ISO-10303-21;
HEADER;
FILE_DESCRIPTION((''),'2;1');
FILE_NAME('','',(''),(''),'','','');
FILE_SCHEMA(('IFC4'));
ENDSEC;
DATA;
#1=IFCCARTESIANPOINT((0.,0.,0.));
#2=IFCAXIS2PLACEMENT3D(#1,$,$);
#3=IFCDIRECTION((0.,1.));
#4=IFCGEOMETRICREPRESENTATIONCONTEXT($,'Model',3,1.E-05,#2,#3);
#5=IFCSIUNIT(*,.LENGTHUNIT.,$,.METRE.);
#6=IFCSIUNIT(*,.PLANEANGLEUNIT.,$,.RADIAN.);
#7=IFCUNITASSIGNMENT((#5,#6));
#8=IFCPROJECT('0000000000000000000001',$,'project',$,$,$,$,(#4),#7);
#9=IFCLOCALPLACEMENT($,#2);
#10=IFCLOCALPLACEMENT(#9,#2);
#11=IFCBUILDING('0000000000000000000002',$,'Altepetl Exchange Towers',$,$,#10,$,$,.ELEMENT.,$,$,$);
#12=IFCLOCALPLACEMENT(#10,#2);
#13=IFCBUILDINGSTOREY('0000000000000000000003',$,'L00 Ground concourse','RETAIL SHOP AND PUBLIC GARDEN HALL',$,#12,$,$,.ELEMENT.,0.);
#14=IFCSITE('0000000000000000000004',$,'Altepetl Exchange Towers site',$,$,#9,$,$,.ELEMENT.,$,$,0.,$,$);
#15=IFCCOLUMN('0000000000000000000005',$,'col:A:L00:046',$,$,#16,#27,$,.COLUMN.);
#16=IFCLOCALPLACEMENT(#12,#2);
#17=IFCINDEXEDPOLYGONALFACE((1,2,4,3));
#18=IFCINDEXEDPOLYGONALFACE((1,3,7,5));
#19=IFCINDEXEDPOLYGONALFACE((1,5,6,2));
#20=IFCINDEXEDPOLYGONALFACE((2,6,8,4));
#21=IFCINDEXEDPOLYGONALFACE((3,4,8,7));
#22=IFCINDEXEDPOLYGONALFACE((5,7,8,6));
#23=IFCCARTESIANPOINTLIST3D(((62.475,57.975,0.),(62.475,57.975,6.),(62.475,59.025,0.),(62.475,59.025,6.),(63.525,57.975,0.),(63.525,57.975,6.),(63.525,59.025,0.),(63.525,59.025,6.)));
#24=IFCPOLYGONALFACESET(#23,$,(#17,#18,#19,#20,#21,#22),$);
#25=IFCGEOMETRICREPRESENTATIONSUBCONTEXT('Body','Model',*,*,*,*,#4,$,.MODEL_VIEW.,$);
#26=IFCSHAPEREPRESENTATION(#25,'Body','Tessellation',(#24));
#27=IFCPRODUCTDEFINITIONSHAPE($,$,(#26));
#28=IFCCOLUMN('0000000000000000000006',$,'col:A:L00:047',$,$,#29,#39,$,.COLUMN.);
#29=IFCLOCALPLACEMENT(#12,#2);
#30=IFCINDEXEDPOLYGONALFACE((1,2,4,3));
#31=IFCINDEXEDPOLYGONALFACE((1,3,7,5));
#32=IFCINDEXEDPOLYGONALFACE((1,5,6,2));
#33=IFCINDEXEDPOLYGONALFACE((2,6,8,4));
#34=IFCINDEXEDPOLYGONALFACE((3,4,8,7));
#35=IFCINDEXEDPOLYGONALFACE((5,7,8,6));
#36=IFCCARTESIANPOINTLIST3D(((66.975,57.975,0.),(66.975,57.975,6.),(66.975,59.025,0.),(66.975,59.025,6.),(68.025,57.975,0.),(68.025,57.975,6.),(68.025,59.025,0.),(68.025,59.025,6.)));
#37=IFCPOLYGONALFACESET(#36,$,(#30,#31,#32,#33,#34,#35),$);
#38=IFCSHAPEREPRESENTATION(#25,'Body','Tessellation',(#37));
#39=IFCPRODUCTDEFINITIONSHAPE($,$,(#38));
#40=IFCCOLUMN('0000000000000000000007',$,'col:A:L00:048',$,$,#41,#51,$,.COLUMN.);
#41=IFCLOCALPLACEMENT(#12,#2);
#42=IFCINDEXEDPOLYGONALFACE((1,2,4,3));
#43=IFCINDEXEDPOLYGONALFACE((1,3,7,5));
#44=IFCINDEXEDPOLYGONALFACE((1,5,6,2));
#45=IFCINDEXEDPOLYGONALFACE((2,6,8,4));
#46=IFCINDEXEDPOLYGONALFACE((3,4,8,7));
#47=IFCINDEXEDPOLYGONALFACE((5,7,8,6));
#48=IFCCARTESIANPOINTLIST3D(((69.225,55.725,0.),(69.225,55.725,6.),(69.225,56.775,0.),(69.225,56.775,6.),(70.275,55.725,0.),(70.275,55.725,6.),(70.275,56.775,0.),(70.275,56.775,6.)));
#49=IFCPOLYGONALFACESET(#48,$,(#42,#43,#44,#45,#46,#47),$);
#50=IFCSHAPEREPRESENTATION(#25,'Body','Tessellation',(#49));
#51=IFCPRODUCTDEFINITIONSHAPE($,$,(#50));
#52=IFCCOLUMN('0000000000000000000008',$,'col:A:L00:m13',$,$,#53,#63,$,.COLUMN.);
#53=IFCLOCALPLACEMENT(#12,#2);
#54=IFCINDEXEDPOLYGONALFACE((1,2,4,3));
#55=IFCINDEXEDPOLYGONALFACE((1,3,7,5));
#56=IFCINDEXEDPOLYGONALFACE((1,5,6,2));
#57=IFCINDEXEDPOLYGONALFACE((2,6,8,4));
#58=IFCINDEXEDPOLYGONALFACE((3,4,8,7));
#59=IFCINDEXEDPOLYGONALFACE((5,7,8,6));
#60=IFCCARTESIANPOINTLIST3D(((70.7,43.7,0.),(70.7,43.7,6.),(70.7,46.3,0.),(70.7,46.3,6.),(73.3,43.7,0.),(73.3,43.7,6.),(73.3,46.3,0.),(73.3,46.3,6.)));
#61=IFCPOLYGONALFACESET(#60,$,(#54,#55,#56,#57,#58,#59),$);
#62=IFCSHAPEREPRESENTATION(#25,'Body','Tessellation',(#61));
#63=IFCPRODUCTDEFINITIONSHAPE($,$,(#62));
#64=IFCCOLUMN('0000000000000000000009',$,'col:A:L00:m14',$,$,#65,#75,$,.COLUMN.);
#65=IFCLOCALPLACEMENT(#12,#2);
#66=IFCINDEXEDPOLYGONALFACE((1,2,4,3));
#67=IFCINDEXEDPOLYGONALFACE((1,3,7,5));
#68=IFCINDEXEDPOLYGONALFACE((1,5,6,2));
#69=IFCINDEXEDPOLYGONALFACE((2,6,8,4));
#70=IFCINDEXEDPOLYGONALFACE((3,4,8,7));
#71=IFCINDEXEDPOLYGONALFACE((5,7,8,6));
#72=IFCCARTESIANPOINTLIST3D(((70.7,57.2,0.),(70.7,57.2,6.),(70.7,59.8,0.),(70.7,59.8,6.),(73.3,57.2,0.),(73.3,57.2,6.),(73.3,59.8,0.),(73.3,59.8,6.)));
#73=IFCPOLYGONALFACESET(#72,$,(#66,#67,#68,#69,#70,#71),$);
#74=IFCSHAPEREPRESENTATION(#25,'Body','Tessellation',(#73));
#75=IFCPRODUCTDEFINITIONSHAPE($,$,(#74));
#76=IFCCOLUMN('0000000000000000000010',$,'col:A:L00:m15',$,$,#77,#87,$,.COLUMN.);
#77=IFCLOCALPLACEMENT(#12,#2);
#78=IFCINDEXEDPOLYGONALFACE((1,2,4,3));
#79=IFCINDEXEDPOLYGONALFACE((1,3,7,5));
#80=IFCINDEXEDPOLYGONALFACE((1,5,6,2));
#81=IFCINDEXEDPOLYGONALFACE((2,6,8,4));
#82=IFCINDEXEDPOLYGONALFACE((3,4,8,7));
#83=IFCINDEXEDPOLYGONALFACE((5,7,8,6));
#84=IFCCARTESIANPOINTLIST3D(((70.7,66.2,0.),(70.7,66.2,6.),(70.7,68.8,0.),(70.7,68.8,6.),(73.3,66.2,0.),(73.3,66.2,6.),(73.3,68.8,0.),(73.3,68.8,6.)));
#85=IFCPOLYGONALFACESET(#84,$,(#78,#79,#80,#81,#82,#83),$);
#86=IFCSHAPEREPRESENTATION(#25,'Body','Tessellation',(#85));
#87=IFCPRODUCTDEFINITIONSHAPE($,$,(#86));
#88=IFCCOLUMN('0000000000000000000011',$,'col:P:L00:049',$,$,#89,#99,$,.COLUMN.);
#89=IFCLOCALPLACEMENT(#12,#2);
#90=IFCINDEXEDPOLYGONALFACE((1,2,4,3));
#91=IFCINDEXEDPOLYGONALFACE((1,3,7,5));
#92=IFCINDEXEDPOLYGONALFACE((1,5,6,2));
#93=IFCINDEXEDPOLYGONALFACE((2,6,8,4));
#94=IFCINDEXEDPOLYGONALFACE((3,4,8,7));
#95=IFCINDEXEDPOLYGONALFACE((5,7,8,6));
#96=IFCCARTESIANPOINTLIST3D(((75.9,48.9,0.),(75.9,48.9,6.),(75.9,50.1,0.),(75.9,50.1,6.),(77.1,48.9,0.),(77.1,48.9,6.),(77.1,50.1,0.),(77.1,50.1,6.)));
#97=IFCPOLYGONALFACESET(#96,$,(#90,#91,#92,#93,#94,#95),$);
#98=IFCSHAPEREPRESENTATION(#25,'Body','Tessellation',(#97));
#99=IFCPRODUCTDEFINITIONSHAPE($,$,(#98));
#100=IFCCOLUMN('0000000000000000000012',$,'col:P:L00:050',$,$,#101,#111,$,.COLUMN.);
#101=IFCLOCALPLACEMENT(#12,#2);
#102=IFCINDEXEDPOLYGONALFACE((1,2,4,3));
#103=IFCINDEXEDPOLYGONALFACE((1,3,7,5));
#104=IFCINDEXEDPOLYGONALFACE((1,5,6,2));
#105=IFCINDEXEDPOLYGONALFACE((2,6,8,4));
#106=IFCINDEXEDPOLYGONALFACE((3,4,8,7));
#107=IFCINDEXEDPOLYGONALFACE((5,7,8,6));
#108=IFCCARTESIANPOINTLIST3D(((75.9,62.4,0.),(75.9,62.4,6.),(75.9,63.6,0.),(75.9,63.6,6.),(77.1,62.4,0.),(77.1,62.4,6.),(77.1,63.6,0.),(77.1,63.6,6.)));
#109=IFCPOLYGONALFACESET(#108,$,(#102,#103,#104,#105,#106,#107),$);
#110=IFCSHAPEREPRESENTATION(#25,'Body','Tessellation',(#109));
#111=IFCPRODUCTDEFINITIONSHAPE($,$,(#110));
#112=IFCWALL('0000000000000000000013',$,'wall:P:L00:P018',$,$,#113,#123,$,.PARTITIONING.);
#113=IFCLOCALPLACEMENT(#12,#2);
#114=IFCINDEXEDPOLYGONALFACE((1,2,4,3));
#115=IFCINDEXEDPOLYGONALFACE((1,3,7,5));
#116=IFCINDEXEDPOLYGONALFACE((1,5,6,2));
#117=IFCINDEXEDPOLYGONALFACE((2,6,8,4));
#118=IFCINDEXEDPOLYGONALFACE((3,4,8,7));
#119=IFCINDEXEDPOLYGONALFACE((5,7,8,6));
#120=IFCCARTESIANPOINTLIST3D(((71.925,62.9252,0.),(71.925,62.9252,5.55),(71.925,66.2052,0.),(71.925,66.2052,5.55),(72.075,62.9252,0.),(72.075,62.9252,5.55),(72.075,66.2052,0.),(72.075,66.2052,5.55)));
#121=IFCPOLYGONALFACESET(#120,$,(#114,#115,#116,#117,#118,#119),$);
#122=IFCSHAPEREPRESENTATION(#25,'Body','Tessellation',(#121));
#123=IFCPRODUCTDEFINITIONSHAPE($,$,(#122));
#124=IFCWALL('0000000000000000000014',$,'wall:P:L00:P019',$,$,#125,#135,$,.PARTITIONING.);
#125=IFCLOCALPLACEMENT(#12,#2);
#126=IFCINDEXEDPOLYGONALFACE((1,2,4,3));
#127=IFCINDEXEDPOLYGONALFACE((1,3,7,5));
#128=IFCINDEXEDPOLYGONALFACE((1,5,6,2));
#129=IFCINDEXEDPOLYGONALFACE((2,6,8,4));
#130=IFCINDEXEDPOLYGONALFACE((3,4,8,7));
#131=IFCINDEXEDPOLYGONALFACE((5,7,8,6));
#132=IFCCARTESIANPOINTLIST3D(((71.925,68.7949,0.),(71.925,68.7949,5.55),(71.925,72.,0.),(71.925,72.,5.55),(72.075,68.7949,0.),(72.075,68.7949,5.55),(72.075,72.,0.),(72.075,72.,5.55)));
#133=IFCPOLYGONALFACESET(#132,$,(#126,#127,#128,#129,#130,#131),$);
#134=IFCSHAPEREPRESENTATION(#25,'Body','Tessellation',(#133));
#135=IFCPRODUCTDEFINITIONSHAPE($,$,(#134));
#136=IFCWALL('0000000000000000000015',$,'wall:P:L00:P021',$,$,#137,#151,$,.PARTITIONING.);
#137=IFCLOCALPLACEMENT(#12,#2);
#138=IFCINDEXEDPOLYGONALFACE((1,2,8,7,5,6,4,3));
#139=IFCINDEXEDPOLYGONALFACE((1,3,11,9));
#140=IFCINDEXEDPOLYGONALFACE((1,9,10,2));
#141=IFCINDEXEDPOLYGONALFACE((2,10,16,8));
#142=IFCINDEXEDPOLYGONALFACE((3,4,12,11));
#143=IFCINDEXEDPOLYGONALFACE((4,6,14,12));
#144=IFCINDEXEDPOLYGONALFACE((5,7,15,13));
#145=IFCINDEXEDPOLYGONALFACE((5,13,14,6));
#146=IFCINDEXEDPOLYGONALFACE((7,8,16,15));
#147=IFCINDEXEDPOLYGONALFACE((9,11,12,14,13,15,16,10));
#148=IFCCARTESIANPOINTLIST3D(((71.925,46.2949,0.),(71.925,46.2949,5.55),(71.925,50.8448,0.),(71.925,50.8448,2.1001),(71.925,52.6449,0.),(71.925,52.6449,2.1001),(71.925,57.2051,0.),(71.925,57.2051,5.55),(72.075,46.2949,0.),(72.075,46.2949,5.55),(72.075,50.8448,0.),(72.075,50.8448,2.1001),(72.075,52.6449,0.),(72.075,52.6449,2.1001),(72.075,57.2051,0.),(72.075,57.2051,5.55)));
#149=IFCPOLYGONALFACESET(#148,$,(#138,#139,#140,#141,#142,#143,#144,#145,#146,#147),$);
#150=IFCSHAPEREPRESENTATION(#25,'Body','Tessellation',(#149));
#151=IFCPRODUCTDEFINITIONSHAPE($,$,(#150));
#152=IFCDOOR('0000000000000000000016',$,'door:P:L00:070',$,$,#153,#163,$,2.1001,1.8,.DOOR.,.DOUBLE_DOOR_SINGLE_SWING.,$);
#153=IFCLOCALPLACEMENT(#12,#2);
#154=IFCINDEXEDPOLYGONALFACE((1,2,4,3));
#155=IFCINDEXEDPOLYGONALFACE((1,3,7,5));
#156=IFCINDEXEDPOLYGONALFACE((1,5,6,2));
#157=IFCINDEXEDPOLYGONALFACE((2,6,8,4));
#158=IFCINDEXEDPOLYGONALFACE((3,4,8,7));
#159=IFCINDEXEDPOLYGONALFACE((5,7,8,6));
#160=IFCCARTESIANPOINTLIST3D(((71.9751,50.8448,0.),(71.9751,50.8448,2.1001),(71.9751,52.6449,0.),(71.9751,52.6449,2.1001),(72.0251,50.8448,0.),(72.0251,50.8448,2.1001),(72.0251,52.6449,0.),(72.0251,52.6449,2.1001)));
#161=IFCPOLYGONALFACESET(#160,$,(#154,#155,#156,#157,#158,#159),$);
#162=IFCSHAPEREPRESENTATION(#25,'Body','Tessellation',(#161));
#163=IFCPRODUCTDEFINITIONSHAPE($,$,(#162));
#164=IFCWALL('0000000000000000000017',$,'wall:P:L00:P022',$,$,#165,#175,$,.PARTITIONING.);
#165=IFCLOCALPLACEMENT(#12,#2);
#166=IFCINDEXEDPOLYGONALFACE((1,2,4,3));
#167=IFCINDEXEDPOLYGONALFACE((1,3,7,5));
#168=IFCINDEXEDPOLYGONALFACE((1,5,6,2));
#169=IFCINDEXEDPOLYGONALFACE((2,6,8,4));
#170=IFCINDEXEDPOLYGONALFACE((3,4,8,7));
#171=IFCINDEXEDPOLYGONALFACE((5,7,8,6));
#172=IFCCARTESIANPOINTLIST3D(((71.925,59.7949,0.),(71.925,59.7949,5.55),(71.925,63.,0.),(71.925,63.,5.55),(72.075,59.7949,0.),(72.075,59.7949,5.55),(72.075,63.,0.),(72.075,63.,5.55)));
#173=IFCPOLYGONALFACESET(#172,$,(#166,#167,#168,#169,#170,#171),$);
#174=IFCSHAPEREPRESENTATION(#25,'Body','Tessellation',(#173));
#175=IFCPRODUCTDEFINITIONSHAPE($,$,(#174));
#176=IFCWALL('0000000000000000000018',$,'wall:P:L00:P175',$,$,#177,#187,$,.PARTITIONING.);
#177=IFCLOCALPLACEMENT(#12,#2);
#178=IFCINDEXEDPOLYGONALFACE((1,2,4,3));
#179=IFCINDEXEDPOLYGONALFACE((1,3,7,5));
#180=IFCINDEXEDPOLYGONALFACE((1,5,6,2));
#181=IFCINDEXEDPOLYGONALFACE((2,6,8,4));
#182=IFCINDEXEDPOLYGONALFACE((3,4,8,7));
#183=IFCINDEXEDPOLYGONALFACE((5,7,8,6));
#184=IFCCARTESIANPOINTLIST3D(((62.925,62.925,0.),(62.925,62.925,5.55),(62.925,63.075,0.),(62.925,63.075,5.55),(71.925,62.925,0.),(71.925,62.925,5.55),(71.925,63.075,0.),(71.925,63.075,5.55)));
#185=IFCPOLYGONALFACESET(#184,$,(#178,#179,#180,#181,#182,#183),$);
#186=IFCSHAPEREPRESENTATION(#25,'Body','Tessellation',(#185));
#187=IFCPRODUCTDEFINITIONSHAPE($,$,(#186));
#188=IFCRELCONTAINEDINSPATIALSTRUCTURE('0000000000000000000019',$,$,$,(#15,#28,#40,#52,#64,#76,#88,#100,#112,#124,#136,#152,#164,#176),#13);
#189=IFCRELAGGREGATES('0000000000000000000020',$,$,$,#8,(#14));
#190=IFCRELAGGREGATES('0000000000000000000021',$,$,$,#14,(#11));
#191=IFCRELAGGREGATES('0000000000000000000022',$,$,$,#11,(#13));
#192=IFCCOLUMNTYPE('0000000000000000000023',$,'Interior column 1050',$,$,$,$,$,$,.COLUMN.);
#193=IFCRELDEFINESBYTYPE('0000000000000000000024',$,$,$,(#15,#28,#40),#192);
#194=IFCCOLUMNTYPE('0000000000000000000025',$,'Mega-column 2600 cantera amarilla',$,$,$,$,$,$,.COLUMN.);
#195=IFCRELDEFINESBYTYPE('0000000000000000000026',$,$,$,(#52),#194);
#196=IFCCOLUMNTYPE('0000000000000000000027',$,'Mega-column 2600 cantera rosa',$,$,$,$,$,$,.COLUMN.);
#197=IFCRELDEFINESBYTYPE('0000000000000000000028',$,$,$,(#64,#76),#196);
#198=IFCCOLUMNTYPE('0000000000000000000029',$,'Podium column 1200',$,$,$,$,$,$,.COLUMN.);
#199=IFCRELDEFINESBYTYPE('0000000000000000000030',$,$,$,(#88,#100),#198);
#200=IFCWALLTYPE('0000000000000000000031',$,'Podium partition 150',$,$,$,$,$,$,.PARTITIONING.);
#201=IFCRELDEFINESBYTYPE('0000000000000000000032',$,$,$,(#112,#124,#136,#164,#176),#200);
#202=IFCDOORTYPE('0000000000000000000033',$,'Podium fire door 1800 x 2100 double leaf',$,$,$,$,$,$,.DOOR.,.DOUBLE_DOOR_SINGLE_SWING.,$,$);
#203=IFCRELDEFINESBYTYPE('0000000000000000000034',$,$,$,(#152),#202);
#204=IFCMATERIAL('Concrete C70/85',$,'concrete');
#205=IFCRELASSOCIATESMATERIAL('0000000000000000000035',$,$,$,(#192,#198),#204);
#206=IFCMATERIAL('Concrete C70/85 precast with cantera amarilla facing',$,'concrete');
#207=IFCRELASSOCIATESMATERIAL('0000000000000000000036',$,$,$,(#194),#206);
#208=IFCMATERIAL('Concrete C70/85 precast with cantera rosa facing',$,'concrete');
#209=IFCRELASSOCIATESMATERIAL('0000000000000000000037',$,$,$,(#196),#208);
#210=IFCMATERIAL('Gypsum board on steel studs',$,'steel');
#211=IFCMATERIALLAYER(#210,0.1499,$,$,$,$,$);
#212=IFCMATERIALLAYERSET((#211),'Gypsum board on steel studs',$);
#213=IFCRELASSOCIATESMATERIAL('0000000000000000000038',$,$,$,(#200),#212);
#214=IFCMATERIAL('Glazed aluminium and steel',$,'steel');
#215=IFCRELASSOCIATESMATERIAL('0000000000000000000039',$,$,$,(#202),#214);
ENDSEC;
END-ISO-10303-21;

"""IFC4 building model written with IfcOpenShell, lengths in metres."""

from ifc_helpers import new_model, si_unit, direction, frame, frame_2d, origin, origin_2d, place, context, subcontext, project, spatial, rectangle, extrude, material, layer, layer_set, material_profile, profile_set, type_object, element, fill, save


model = new_model("IFC4")

# Units and contexts
model_context = context("Model", 3, precision=1e-05, world=origin(), true_north=direction((0.0, 1.0)))
body_context = subcontext(model_context, "Body", "Model", "MODEL_VIEW")
ifc_project = project(units=[si_unit("LENGTHUNIT", "METRE"), si_unit("PLANEANGLEUNIT", "RADIAN")], contexts=[model_context])

# Site, building, storey
site_placement = place(None, origin())
site = spatial("IfcSite", under=ifc_project, at=site_placement, Name="Altepetl Exchange Towers site", CompositionType="ELEMENT", RefElevation=0.0)
building_placement = place(site_placement, origin())
building = spatial("IfcBuilding", under=site, at=building_placement, Name="Altepetl Exchange Towers", CompositionType="ELEMENT")
storey_placement = place(building_placement, origin())
storey = spatial("IfcBuildingStorey", under=building, at=storey_placement, Name="L00 Ground concourse", Description="RETAIL SHOP AND PUBLIC GARDEN HALL", CompositionType="ELEMENT", Elevation=0.0)

# Columns
ifc_material_1 = material(Name="Concrete C70/85", Category="concrete")
ifc_material_profile_1 = material_profile(ifc_material_1, rectangle(XDim=1.05, YDim=1.05, at=origin_2d()), Name="1050 x 1050")
ifc_profile_set_1 = profile_set([ifc_material_profile_1], Name="Concrete C70/85")
column_type_1 = type_object("IfcColumnType", Name="Interior column 1050", PredefinedType="COLUMN", material=ifc_profile_set_1)
for number, where, name in (
    (1, (63.0, 58.5, 0.0), "col:A:L00:046"),
    (2, (67.5, 58.5, 0.0), "col:A:L00:047"),
    (3, (69.75, 56.25, 0.0), "col:A:L00:048"),
):
    element("IfcColumn", number, at=place(storey_placement, frame(where)), inside=storey, type_object=column_type_1, Name=name, PredefinedType="COLUMN", context=body_context, shape_type="SweptSolid", body=[
        extrude(rectangle(XDim=1.05, YDim=1.05, at=origin_2d()), origin(), (0.0, 0.0, 1.0), 6.0),
    ])
ifc_material_2 = material(Name="Concrete C70/85 precast with cantera amarilla facing", Category="concrete")
ifc_material_profile_2 = material_profile(ifc_material_2, rectangle(XDim=2.6001, YDim=2.6001, at=origin_2d()), Name="2600 x 2600")
ifc_profile_set_2 = profile_set([ifc_material_profile_2], Name="Concrete C70/85 precast with cantera amarilla facing")
column_type_2 = type_object("IfcColumnType", Name="Mega-column 2600 cantera amarilla", PredefinedType="COLUMN", material=ifc_profile_set_2)
column_placement = place(storey_placement, frame((72.0, 45.0, 0.0)))
element("IfcColumn", 4, at=column_placement, inside=storey, type_object=column_type_2, Name="col:A:L00:m13", PredefinedType="COLUMN", context=body_context, shape_type="SweptSolid", body=[
    extrude(rectangle(XDim=2.6001, YDim=2.6001, at=origin_2d()), origin(), (0.0, 0.0, 1.0), 6.0),
])
ifc_material_3 = material(Name="Concrete C70/85 precast with cantera rosa facing", Category="concrete")
ifc_material_profile_3 = material_profile(ifc_material_3, rectangle(XDim=2.6001, YDim=2.6001, at=origin_2d()), Name="2600 x 2600")
ifc_profile_set_3 = profile_set([ifc_material_profile_3], Name="Concrete C70/85 precast with cantera rosa facing")
column_type_3 = type_object("IfcColumnType", Name="Mega-column 2600 cantera rosa", PredefinedType="COLUMN", material=ifc_profile_set_3)
for number, where, name in (
    (5, (72.0, 58.5, 0.0), "col:A:L00:m14"),
    (6, (72.0, 67.5, 0.0), "col:A:L00:m15"),
):
    element("IfcColumn", number, at=place(storey_placement, frame(where)), inside=storey, type_object=column_type_3, Name=name, PredefinedType="COLUMN", context=body_context, shape_type="SweptSolid", body=[
        extrude(rectangle(XDim=2.6001, YDim=2.6001, at=origin_2d()), origin(), (0.0, 0.0, 1.0), 6.0),
    ])
ifc_material_profile_4 = material_profile(ifc_material_1, rectangle(XDim=1.2, YDim=1.2, at=origin_2d()), Name="1200 x 1200")
ifc_profile_set_4 = profile_set([ifc_material_profile_4], Name="Concrete C70/85")
column_type_4 = type_object("IfcColumnType", Name="Podium column 1200", PredefinedType="COLUMN", material=ifc_profile_set_4)
for number, where, name in (
    (7, (76.5, 49.5, 0.0), "col:P:L00:049"),
    (8, (76.5, 63.0, 0.0), "col:P:L00:050"),
):
    element("IfcColumn", number, at=place(storey_placement, frame(where)), inside=storey, type_object=column_type_4, Name=name, PredefinedType="COLUMN", context=body_context, shape_type="SweptSolid", body=[
        extrude(rectangle(XDim=1.2, YDim=1.2, at=origin_2d()), origin(), (0.0, 0.0, 1.0), 6.0),
    ])

# Walls
ifc_material_4 = material(Name="Gypsum board on steel studs", Category="steel")
ifc_layer = layer(ifc_material_4, 0.1499)
ifc_layer_set = layer_set([ifc_layer], Name="Gypsum board on steel studs")
wall_type = type_object("IfcWallType", Name="Podium partition 150", PredefinedType="PARTITIONING", material=ifc_layer_set)
wall_1_placement = place(storey_placement, frame((72.0, 62.925, 0.0), z_axis=(0.0, 0.0, 1.0), x_axis=(0.0, 1.0, 0.0)))
element("IfcWall", 9, at=wall_1_placement, inside=storey, type_object=wall_type, Name="wall:P:L00:P018", PredefinedType="PARTITIONING", context=body_context, shape_type="SweptSolid", body=[
    extrude(rectangle(XDim=3.28, YDim=0.1499, at=frame_2d((1.6401, 0.0))), origin(), (0.0, 0.0, 1.0), 5.55),
])
wall_2_placement = place(storey_placement, frame((72.0, 68.7949, 0.0), z_axis=(0.0, 0.0, 1.0), x_axis=(0.0, 1.0, 0.0)))
element("IfcWall", 10, at=wall_2_placement, inside=storey, type_object=wall_type, Name="wall:P:L00:P019", PredefinedType="PARTITIONING", context=body_context, shape_type="SweptSolid", body=[
    extrude(rectangle(XDim=3.2051, YDim=0.1499, at=frame_2d((1.6025, 0.0))), origin(), (0.0, 0.0, 1.0), 5.55),
])

# Wall, opening, door
wall_3_placement = place(storey_placement, frame((72.0, 46.2949, 0.0), z_axis=(0.0, 0.0, 1.0), x_axis=(0.0, 1.0, 0.0)))
wall_3 = element("IfcWall", 11, at=wall_3_placement, inside=storey, type_object=wall_type, Name="wall:P:L00:P021", PredefinedType="PARTITIONING", context=body_context, shape_type="SweptSolid", body=[
    extrude(rectangle(XDim=10.9102, YDim=0.1499, at=frame_2d((5.4551, 0.0))), origin(), (0.0, 0.0, 1.0), 5.55),
])
opening_1_placement = place(wall_3_placement, frame((4.55, 0.0, 0.0)))
opening_1 = element("IfcOpeningElement", 12, at=opening_1_placement, cuts=wall_3, PredefinedType="OPENING", context=body_context, shape_type="SweptSolid", body=[
    extrude(rectangle(XDim=1.8, YDim=2.1001, at=frame_2d((0.8999, 1.05))), frame((0.0, 0.085, 0.0), z_axis=(0.0, -1.0, 0.0), x_axis=(1.0, 0.0, 0.0)), (0.0, 0.0, 1.0), 0.1699),
])
ifc_material_5 = material(Name="Glazed aluminium and steel", Category="steel")
door_type = type_object("IfcDoorType", Name="Podium fire door 1800 x 2100 double leaf", OperationType="DOUBLE_DOOR_SINGLE_SWING", PredefinedType="DOOR", material=ifc_material_5)
door_1_placement = place(opening_1_placement, origin())
door_1 = element("IfcDoor", 13, at=door_1_placement, inside=storey, type_object=door_type, Name="door:P:L00:070", OperationType="DOUBLE_DOOR_SINGLE_SWING", OverallHeight=2.1001, OverallWidth=1.8, PredefinedType="DOOR", context=body_context, shape_type="SweptSolid", body=[
    extrude(rectangle(XDim=1.8, YDim=2.1001, at=frame_2d((0.8999, 1.05))), frame((0.0, 0.0249, 0.0), z_axis=(0.0, -1.0, 0.0), x_axis=(1.0, 0.0, 0.0)), (0.0, 0.0, 1.0), 0.05),
])
fill(opening_1, door_1)

# Walls
wall_4_placement = place(storey_placement, frame((72.0, 59.7949, 0.0), z_axis=(0.0, 0.0, 1.0), x_axis=(0.0, 1.0, 0.0)))
element("IfcWall", 14, at=wall_4_placement, inside=storey, type_object=wall_type, Name="wall:P:L00:P022", PredefinedType="PARTITIONING", context=body_context, shape_type="SweptSolid", body=[
    extrude(rectangle(XDim=3.2051, YDim=0.1499, at=frame_2d((1.6025, 0.0))), origin(), (0.0, 0.0, 1.0), 5.55),
])
wall_5_placement = place(storey_placement, frame((62.925, 63.0, 0.0)))
element("IfcWall", 15, at=wall_5_placement, inside=storey, type_object=wall_type, Name="wall:P:L00:P175", PredefinedType="PARTITIONING", context=body_context, shape_type="SweptSolid", body=[
    extrude(rectangle(XDim=9.0, YDim=0.1499, at=frame_2d((4.5, 0.0))), origin(), (0.0, 0.0, 1.0), 5.55),
])

save(model, "model.ifc")
